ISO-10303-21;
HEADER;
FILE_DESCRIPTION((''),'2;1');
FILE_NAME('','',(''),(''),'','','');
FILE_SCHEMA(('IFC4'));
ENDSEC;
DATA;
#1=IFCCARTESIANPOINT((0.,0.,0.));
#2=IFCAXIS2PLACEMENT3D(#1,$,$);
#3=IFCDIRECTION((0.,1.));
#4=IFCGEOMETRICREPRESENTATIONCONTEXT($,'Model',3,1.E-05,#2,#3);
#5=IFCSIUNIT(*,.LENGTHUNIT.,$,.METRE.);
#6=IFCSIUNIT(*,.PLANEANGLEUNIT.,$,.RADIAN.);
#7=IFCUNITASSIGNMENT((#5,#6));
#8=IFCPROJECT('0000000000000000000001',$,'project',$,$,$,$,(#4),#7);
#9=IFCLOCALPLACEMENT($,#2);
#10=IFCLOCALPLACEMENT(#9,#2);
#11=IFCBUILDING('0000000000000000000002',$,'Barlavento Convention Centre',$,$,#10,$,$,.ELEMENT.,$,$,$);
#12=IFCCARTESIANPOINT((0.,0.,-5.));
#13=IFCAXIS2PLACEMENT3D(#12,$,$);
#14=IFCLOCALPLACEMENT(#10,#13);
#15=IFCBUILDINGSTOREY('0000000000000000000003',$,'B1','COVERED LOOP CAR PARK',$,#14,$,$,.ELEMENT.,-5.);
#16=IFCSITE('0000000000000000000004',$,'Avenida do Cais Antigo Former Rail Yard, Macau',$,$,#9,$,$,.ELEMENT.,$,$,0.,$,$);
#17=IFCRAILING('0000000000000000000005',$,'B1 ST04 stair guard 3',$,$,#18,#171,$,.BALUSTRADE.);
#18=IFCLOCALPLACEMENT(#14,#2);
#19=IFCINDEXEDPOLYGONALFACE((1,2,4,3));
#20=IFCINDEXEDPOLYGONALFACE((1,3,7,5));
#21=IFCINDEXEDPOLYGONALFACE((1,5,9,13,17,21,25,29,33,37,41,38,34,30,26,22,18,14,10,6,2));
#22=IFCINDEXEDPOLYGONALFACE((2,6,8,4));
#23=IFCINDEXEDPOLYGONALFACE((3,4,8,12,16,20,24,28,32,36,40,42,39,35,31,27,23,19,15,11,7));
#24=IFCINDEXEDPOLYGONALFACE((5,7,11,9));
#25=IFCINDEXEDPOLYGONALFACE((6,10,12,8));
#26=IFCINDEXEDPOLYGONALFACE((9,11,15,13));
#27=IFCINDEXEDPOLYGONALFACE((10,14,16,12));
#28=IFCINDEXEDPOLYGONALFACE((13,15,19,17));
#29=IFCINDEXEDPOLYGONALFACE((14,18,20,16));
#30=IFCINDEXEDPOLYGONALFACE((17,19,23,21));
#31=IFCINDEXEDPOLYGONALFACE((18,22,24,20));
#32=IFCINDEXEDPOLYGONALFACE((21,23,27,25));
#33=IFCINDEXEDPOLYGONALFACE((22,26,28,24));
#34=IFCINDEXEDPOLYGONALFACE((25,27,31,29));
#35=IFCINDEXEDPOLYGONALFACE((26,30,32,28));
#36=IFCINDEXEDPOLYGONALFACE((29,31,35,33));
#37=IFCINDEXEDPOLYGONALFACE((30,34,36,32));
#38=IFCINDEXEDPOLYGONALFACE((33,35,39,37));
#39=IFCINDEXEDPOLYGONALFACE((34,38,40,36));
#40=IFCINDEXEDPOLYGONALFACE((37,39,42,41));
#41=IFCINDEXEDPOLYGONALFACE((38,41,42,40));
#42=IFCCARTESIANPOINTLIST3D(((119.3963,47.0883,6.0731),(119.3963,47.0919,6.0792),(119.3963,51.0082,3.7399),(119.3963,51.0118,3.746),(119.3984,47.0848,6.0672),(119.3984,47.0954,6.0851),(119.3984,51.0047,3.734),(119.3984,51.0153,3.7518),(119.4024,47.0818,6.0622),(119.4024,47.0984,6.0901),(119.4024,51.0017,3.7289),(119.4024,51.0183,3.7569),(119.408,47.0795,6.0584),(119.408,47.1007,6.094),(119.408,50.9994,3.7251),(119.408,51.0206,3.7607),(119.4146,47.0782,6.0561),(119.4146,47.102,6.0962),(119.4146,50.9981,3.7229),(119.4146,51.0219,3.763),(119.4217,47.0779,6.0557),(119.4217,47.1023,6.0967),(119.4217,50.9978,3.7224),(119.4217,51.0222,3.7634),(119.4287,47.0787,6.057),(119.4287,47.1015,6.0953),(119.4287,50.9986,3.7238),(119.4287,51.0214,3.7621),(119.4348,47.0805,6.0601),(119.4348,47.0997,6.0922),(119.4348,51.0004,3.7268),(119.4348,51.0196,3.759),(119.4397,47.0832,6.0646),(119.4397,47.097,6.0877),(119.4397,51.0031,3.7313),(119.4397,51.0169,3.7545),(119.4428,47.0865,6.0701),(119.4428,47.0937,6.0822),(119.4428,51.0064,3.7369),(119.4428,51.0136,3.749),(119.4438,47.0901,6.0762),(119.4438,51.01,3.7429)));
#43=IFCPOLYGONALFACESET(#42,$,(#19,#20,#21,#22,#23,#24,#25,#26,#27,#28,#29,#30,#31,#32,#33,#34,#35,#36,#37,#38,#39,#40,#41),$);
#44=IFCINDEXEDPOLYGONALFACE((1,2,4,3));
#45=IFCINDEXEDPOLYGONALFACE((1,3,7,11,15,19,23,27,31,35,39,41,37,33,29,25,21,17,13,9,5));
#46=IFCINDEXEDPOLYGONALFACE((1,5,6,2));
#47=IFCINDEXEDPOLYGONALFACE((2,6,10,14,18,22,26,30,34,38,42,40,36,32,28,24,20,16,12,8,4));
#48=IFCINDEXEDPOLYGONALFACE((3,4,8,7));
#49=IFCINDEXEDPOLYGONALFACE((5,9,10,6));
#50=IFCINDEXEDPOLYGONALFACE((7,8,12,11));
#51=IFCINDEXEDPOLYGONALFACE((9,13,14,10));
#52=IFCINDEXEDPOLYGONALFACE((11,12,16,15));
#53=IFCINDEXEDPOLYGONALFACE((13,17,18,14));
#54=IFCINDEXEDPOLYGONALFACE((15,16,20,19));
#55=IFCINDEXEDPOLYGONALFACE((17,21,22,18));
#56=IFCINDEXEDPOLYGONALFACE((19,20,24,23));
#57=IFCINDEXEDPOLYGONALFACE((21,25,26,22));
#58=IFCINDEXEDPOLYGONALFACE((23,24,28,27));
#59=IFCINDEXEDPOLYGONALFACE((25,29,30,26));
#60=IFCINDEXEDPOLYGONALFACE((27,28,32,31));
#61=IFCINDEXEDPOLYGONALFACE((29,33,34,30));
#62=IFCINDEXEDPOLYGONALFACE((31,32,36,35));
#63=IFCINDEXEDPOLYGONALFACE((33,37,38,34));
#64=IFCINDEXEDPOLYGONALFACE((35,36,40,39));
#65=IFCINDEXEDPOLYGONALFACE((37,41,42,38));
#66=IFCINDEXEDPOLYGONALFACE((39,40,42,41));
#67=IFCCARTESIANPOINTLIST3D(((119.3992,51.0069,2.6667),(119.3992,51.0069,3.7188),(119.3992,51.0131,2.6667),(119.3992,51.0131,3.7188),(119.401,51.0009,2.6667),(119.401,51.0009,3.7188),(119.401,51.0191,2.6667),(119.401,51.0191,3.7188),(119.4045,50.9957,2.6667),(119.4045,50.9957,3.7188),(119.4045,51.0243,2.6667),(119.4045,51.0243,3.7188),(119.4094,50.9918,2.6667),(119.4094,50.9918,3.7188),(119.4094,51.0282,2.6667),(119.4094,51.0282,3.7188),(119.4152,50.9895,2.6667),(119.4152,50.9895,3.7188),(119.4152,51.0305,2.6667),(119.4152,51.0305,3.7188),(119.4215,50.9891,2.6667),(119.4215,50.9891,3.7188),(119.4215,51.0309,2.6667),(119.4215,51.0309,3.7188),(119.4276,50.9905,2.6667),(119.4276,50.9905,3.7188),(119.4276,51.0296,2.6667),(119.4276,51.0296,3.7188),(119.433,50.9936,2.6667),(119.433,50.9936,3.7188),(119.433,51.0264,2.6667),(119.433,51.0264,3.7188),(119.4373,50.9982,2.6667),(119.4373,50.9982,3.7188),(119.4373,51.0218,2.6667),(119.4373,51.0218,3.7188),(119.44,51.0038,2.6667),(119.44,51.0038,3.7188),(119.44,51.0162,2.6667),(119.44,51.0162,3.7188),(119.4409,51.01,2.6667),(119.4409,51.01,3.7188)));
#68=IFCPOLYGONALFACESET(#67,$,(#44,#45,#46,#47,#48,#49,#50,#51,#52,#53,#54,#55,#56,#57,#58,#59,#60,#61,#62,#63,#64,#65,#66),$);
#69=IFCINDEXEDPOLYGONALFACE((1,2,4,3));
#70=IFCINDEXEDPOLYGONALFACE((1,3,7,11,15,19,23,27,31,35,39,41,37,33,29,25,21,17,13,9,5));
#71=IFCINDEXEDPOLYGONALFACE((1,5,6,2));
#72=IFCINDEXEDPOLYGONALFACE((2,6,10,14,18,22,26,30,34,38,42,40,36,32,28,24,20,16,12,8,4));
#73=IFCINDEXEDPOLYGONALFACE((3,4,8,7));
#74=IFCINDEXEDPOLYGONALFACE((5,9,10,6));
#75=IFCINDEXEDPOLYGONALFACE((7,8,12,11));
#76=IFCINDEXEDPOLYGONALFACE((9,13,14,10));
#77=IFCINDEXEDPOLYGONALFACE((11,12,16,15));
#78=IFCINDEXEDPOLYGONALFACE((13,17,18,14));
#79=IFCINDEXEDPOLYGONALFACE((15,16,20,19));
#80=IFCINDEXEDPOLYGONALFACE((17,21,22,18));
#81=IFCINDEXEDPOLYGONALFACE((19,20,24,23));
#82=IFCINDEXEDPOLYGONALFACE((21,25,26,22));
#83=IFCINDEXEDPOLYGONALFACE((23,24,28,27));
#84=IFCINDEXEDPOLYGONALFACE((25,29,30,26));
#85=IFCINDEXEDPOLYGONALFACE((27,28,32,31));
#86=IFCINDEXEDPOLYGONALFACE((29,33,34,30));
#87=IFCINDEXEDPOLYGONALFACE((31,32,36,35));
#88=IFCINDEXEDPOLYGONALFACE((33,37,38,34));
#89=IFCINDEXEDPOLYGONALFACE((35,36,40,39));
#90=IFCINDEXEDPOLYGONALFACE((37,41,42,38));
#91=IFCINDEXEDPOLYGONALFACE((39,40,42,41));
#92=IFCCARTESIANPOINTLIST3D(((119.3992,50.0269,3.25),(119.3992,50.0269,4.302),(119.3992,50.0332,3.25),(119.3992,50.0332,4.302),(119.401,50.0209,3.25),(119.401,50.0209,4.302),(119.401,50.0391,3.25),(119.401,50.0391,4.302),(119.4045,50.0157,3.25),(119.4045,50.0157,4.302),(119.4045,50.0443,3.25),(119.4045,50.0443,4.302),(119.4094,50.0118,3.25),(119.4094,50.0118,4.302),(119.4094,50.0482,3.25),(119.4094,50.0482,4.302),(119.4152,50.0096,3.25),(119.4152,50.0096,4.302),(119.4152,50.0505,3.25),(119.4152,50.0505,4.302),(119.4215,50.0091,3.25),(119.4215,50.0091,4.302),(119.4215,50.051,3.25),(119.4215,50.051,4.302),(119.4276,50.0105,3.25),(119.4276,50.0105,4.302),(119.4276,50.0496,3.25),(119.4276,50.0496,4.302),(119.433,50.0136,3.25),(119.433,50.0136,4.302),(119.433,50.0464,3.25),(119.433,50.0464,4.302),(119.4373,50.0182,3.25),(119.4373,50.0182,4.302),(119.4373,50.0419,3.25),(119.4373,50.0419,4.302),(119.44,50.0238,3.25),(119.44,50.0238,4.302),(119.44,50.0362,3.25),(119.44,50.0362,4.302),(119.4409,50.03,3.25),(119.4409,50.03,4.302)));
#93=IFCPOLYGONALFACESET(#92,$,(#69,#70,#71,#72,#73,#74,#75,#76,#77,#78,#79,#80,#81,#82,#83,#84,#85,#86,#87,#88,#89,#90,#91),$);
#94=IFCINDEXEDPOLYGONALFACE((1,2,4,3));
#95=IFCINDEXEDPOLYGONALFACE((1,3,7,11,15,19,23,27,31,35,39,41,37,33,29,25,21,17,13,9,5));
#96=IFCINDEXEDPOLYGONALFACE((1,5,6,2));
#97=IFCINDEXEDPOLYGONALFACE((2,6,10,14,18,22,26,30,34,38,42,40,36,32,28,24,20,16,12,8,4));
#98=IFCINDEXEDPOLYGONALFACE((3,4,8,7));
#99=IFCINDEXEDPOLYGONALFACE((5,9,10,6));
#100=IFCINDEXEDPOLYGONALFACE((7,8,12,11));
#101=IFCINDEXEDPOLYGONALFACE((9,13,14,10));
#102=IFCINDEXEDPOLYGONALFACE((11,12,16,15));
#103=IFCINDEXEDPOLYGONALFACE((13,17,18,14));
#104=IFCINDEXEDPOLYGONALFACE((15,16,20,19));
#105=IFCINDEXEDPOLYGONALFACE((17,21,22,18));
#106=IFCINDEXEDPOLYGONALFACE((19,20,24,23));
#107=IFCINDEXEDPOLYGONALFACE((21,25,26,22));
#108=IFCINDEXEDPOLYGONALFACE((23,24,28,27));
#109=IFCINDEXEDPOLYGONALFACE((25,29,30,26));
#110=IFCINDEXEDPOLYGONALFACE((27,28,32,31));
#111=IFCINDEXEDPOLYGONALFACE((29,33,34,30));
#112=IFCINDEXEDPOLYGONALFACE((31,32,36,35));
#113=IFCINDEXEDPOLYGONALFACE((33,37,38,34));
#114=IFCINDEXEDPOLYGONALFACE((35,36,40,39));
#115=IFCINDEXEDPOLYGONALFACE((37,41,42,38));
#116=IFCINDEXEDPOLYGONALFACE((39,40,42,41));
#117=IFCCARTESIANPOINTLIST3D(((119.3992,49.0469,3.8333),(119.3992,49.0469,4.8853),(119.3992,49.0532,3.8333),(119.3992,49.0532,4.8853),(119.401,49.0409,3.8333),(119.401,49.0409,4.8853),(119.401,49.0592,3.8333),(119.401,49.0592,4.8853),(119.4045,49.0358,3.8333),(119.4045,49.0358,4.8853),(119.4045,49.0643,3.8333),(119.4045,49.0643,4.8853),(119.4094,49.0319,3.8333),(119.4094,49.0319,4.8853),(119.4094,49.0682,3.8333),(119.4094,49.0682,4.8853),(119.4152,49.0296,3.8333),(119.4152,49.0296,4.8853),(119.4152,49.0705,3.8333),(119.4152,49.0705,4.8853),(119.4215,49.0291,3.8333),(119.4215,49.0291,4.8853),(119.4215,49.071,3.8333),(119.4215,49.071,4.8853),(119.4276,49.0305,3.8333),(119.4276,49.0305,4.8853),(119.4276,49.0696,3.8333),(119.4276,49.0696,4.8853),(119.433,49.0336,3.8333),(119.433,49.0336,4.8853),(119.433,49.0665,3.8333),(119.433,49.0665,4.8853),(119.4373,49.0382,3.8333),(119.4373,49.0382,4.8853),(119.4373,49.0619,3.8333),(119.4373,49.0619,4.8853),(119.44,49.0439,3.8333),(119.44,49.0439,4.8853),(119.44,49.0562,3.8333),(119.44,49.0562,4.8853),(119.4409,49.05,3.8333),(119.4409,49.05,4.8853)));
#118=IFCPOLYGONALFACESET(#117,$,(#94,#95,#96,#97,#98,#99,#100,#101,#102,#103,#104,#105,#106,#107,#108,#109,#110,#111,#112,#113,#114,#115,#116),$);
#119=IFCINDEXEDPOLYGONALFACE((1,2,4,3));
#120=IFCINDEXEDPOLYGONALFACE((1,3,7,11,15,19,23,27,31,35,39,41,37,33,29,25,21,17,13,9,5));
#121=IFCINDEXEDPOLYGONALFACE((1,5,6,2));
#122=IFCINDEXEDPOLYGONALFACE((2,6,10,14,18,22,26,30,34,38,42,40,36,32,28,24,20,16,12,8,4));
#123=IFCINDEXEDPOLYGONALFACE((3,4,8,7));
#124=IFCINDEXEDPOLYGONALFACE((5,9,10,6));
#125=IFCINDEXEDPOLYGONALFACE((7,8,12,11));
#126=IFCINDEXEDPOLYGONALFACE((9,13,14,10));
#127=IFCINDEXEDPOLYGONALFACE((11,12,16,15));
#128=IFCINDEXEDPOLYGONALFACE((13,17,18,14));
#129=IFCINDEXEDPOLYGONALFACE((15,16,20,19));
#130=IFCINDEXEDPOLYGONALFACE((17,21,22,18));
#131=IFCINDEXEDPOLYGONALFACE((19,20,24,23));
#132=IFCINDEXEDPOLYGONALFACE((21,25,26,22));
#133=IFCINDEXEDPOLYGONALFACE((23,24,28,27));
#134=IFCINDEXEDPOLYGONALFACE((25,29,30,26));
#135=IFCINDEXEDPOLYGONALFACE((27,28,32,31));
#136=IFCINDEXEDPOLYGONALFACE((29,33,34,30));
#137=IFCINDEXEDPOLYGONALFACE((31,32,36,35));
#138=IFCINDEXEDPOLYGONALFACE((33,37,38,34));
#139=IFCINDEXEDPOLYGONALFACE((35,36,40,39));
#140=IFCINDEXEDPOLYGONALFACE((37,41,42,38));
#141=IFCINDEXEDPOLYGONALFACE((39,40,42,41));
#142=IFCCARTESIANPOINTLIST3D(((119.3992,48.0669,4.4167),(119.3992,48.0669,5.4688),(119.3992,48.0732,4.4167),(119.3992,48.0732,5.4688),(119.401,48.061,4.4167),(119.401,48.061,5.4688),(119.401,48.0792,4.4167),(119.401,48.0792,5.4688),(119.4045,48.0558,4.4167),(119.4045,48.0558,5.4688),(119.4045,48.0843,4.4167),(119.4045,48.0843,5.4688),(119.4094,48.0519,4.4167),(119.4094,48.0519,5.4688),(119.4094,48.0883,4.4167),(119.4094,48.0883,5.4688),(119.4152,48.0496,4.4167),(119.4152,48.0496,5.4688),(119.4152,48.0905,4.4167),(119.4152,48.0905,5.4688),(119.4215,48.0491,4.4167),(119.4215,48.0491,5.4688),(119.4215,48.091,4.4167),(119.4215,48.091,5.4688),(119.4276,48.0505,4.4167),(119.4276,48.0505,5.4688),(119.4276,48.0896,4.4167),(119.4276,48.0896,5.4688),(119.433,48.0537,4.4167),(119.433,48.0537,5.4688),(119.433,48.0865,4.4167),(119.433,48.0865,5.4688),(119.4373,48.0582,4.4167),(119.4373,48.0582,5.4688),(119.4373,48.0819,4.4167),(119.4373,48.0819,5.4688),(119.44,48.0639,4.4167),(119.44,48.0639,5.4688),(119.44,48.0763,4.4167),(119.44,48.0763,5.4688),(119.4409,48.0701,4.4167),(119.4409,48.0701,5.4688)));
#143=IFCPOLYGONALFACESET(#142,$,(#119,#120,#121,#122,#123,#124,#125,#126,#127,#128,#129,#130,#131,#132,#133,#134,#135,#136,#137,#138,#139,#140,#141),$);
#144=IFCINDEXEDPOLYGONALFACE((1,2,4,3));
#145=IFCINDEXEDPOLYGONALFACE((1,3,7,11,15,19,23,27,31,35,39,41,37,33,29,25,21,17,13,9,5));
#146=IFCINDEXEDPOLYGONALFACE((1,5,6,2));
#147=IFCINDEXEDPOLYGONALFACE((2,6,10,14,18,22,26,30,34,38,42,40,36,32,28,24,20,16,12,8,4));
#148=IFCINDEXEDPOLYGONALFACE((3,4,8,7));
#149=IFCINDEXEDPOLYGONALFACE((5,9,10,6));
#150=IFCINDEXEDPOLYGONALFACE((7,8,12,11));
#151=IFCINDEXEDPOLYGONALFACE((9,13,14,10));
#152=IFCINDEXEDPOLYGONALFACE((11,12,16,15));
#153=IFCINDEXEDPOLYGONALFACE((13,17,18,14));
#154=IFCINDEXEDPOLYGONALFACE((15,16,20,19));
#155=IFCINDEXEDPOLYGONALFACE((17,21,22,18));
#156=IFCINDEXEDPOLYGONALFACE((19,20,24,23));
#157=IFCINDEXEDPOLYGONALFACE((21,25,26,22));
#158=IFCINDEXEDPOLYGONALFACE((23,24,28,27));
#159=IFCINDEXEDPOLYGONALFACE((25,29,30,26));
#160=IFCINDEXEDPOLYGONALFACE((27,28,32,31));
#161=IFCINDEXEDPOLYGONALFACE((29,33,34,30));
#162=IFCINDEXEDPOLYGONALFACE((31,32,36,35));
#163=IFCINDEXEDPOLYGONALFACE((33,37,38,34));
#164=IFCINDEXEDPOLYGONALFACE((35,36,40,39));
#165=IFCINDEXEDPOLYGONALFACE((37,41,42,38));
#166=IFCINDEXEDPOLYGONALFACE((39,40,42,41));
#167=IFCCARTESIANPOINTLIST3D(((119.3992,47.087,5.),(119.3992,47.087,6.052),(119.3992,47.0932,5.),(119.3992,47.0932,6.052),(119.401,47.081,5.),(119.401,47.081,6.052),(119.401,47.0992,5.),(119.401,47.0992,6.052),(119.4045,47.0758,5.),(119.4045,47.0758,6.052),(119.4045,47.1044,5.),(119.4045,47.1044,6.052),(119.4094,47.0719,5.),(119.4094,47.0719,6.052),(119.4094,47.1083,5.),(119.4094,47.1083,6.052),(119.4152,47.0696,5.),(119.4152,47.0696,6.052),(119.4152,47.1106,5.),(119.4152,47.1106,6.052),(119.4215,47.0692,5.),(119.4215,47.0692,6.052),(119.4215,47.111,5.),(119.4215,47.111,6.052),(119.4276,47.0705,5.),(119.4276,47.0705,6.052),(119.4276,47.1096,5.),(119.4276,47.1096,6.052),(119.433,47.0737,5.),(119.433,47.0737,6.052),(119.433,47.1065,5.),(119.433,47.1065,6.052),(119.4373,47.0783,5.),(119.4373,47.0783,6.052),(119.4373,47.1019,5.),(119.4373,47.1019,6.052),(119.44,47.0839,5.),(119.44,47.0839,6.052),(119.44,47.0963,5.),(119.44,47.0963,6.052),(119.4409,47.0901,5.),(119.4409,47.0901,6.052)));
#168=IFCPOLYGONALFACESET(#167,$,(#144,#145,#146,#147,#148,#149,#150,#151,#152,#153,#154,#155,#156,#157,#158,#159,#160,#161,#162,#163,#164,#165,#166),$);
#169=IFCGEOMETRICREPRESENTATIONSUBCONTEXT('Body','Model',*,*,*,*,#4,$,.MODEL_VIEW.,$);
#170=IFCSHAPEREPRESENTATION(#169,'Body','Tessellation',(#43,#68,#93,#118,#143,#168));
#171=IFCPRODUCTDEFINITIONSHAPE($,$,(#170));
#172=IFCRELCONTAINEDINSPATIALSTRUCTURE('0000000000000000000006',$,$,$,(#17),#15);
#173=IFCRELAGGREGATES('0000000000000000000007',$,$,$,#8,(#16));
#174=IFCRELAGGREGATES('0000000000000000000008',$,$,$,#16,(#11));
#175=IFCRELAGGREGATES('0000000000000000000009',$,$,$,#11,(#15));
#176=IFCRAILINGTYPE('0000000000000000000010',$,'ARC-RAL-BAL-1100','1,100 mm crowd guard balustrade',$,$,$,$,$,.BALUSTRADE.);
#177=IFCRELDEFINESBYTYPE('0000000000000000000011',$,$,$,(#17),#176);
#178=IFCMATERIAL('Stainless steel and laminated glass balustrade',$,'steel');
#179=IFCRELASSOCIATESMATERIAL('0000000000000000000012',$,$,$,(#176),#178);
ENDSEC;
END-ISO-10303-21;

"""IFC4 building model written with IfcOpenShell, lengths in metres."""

from ifc_helpers import new_model, si_unit, direction, frame, origin, origin_2d, place, context, subcontext, project, spatial, circle, extrude, material, type_object, element, save


model = new_model("IFC4")

# Units and contexts
model_context = context("Model", 3, precision=1e-05, world=origin(), true_north=direction((0.0, 1.0)))
body_context = subcontext(model_context, "Body", "Model", "MODEL_VIEW")
ifc_project = project(units=[si_unit("LENGTHUNIT", "METRE"), si_unit("PLANEANGLEUNIT", "RADIAN")], contexts=[model_context])

# Site, building, storey
site_placement = place(None, origin())
site = spatial("IfcSite", under=ifc_project, at=site_placement, Name="Avenida do Cais Antigo Former Rail Yard, Macau", CompositionType="ELEMENT", RefElevation=0.0)
building_placement = place(site_placement, origin())
building = spatial("IfcBuilding", under=site, at=building_placement, Name="Barlavento Convention Centre", CompositionType="ELEMENT")
storey_placement = place(building_placement, frame((0.0, 0.0, -5.0)))
storey = spatial("IfcBuildingStorey", under=building, at=storey_placement, Name="B1", Description="COVERED LOOP CAR PARK", CompositionType="ELEMENT", Elevation=-5.0)

# Railing
ifc_material_1 = material(Name="Stainless steel and laminated glass balustrade", Category="steel")
railing_type_1 = type_object("IfcRailingType", Name="ARC-RAL-BAL-1100", Description="1,100 mm crowd guard balustrade", PredefinedType="BALUSTRADE", material=ifc_material_1)
railing_1_placement = place(storey_placement, frame((119.4199, 51.01, 2.6667)))
element("IfcRailing", 1, at=railing_1_placement, inside=storey, type_object=railing_type_1, Name="B1 ST04 stair guard 3", PredefinedType="BALUSTRADE", context=body_context, shape_type="SweptSolid", body=[
    extrude(circle(Radius=0.0239, at=origin_2d()), frame((0.0, 0.0, 1.0762), z_axis=(0.0, -0.859296, 0.511478), x_axis=(1.0, 0.0, 0.0)), (0.0, 0.0, 1.0), 4.5618),
    extrude(circle(Radius=0.021, at=origin_2d()), origin(), (0.0, 0.0, 1.0), 1.052),
    extrude(circle(Radius=0.021, at=origin_2d()), frame((0.0, -0.98, 0.5833)), (0.0, 0.0, 1.0), 1.052),
    extrude(circle(Radius=0.021, at=origin_2d()), frame((0.0, -1.96, 1.1665)), (0.0, 0.0, 1.0), 1.052),
    extrude(circle(Radius=0.021, at=origin_2d()), frame((0.0, -2.9399, 1.75)), (0.0, 0.0, 1.0), 1.052),
    extrude(circle(Radius=0.021, at=origin_2d()), frame((0.0, -3.9199, 2.3333)), (0.0, 0.0, 1.0), 1.052),
])

save(model, "model.ifc")
